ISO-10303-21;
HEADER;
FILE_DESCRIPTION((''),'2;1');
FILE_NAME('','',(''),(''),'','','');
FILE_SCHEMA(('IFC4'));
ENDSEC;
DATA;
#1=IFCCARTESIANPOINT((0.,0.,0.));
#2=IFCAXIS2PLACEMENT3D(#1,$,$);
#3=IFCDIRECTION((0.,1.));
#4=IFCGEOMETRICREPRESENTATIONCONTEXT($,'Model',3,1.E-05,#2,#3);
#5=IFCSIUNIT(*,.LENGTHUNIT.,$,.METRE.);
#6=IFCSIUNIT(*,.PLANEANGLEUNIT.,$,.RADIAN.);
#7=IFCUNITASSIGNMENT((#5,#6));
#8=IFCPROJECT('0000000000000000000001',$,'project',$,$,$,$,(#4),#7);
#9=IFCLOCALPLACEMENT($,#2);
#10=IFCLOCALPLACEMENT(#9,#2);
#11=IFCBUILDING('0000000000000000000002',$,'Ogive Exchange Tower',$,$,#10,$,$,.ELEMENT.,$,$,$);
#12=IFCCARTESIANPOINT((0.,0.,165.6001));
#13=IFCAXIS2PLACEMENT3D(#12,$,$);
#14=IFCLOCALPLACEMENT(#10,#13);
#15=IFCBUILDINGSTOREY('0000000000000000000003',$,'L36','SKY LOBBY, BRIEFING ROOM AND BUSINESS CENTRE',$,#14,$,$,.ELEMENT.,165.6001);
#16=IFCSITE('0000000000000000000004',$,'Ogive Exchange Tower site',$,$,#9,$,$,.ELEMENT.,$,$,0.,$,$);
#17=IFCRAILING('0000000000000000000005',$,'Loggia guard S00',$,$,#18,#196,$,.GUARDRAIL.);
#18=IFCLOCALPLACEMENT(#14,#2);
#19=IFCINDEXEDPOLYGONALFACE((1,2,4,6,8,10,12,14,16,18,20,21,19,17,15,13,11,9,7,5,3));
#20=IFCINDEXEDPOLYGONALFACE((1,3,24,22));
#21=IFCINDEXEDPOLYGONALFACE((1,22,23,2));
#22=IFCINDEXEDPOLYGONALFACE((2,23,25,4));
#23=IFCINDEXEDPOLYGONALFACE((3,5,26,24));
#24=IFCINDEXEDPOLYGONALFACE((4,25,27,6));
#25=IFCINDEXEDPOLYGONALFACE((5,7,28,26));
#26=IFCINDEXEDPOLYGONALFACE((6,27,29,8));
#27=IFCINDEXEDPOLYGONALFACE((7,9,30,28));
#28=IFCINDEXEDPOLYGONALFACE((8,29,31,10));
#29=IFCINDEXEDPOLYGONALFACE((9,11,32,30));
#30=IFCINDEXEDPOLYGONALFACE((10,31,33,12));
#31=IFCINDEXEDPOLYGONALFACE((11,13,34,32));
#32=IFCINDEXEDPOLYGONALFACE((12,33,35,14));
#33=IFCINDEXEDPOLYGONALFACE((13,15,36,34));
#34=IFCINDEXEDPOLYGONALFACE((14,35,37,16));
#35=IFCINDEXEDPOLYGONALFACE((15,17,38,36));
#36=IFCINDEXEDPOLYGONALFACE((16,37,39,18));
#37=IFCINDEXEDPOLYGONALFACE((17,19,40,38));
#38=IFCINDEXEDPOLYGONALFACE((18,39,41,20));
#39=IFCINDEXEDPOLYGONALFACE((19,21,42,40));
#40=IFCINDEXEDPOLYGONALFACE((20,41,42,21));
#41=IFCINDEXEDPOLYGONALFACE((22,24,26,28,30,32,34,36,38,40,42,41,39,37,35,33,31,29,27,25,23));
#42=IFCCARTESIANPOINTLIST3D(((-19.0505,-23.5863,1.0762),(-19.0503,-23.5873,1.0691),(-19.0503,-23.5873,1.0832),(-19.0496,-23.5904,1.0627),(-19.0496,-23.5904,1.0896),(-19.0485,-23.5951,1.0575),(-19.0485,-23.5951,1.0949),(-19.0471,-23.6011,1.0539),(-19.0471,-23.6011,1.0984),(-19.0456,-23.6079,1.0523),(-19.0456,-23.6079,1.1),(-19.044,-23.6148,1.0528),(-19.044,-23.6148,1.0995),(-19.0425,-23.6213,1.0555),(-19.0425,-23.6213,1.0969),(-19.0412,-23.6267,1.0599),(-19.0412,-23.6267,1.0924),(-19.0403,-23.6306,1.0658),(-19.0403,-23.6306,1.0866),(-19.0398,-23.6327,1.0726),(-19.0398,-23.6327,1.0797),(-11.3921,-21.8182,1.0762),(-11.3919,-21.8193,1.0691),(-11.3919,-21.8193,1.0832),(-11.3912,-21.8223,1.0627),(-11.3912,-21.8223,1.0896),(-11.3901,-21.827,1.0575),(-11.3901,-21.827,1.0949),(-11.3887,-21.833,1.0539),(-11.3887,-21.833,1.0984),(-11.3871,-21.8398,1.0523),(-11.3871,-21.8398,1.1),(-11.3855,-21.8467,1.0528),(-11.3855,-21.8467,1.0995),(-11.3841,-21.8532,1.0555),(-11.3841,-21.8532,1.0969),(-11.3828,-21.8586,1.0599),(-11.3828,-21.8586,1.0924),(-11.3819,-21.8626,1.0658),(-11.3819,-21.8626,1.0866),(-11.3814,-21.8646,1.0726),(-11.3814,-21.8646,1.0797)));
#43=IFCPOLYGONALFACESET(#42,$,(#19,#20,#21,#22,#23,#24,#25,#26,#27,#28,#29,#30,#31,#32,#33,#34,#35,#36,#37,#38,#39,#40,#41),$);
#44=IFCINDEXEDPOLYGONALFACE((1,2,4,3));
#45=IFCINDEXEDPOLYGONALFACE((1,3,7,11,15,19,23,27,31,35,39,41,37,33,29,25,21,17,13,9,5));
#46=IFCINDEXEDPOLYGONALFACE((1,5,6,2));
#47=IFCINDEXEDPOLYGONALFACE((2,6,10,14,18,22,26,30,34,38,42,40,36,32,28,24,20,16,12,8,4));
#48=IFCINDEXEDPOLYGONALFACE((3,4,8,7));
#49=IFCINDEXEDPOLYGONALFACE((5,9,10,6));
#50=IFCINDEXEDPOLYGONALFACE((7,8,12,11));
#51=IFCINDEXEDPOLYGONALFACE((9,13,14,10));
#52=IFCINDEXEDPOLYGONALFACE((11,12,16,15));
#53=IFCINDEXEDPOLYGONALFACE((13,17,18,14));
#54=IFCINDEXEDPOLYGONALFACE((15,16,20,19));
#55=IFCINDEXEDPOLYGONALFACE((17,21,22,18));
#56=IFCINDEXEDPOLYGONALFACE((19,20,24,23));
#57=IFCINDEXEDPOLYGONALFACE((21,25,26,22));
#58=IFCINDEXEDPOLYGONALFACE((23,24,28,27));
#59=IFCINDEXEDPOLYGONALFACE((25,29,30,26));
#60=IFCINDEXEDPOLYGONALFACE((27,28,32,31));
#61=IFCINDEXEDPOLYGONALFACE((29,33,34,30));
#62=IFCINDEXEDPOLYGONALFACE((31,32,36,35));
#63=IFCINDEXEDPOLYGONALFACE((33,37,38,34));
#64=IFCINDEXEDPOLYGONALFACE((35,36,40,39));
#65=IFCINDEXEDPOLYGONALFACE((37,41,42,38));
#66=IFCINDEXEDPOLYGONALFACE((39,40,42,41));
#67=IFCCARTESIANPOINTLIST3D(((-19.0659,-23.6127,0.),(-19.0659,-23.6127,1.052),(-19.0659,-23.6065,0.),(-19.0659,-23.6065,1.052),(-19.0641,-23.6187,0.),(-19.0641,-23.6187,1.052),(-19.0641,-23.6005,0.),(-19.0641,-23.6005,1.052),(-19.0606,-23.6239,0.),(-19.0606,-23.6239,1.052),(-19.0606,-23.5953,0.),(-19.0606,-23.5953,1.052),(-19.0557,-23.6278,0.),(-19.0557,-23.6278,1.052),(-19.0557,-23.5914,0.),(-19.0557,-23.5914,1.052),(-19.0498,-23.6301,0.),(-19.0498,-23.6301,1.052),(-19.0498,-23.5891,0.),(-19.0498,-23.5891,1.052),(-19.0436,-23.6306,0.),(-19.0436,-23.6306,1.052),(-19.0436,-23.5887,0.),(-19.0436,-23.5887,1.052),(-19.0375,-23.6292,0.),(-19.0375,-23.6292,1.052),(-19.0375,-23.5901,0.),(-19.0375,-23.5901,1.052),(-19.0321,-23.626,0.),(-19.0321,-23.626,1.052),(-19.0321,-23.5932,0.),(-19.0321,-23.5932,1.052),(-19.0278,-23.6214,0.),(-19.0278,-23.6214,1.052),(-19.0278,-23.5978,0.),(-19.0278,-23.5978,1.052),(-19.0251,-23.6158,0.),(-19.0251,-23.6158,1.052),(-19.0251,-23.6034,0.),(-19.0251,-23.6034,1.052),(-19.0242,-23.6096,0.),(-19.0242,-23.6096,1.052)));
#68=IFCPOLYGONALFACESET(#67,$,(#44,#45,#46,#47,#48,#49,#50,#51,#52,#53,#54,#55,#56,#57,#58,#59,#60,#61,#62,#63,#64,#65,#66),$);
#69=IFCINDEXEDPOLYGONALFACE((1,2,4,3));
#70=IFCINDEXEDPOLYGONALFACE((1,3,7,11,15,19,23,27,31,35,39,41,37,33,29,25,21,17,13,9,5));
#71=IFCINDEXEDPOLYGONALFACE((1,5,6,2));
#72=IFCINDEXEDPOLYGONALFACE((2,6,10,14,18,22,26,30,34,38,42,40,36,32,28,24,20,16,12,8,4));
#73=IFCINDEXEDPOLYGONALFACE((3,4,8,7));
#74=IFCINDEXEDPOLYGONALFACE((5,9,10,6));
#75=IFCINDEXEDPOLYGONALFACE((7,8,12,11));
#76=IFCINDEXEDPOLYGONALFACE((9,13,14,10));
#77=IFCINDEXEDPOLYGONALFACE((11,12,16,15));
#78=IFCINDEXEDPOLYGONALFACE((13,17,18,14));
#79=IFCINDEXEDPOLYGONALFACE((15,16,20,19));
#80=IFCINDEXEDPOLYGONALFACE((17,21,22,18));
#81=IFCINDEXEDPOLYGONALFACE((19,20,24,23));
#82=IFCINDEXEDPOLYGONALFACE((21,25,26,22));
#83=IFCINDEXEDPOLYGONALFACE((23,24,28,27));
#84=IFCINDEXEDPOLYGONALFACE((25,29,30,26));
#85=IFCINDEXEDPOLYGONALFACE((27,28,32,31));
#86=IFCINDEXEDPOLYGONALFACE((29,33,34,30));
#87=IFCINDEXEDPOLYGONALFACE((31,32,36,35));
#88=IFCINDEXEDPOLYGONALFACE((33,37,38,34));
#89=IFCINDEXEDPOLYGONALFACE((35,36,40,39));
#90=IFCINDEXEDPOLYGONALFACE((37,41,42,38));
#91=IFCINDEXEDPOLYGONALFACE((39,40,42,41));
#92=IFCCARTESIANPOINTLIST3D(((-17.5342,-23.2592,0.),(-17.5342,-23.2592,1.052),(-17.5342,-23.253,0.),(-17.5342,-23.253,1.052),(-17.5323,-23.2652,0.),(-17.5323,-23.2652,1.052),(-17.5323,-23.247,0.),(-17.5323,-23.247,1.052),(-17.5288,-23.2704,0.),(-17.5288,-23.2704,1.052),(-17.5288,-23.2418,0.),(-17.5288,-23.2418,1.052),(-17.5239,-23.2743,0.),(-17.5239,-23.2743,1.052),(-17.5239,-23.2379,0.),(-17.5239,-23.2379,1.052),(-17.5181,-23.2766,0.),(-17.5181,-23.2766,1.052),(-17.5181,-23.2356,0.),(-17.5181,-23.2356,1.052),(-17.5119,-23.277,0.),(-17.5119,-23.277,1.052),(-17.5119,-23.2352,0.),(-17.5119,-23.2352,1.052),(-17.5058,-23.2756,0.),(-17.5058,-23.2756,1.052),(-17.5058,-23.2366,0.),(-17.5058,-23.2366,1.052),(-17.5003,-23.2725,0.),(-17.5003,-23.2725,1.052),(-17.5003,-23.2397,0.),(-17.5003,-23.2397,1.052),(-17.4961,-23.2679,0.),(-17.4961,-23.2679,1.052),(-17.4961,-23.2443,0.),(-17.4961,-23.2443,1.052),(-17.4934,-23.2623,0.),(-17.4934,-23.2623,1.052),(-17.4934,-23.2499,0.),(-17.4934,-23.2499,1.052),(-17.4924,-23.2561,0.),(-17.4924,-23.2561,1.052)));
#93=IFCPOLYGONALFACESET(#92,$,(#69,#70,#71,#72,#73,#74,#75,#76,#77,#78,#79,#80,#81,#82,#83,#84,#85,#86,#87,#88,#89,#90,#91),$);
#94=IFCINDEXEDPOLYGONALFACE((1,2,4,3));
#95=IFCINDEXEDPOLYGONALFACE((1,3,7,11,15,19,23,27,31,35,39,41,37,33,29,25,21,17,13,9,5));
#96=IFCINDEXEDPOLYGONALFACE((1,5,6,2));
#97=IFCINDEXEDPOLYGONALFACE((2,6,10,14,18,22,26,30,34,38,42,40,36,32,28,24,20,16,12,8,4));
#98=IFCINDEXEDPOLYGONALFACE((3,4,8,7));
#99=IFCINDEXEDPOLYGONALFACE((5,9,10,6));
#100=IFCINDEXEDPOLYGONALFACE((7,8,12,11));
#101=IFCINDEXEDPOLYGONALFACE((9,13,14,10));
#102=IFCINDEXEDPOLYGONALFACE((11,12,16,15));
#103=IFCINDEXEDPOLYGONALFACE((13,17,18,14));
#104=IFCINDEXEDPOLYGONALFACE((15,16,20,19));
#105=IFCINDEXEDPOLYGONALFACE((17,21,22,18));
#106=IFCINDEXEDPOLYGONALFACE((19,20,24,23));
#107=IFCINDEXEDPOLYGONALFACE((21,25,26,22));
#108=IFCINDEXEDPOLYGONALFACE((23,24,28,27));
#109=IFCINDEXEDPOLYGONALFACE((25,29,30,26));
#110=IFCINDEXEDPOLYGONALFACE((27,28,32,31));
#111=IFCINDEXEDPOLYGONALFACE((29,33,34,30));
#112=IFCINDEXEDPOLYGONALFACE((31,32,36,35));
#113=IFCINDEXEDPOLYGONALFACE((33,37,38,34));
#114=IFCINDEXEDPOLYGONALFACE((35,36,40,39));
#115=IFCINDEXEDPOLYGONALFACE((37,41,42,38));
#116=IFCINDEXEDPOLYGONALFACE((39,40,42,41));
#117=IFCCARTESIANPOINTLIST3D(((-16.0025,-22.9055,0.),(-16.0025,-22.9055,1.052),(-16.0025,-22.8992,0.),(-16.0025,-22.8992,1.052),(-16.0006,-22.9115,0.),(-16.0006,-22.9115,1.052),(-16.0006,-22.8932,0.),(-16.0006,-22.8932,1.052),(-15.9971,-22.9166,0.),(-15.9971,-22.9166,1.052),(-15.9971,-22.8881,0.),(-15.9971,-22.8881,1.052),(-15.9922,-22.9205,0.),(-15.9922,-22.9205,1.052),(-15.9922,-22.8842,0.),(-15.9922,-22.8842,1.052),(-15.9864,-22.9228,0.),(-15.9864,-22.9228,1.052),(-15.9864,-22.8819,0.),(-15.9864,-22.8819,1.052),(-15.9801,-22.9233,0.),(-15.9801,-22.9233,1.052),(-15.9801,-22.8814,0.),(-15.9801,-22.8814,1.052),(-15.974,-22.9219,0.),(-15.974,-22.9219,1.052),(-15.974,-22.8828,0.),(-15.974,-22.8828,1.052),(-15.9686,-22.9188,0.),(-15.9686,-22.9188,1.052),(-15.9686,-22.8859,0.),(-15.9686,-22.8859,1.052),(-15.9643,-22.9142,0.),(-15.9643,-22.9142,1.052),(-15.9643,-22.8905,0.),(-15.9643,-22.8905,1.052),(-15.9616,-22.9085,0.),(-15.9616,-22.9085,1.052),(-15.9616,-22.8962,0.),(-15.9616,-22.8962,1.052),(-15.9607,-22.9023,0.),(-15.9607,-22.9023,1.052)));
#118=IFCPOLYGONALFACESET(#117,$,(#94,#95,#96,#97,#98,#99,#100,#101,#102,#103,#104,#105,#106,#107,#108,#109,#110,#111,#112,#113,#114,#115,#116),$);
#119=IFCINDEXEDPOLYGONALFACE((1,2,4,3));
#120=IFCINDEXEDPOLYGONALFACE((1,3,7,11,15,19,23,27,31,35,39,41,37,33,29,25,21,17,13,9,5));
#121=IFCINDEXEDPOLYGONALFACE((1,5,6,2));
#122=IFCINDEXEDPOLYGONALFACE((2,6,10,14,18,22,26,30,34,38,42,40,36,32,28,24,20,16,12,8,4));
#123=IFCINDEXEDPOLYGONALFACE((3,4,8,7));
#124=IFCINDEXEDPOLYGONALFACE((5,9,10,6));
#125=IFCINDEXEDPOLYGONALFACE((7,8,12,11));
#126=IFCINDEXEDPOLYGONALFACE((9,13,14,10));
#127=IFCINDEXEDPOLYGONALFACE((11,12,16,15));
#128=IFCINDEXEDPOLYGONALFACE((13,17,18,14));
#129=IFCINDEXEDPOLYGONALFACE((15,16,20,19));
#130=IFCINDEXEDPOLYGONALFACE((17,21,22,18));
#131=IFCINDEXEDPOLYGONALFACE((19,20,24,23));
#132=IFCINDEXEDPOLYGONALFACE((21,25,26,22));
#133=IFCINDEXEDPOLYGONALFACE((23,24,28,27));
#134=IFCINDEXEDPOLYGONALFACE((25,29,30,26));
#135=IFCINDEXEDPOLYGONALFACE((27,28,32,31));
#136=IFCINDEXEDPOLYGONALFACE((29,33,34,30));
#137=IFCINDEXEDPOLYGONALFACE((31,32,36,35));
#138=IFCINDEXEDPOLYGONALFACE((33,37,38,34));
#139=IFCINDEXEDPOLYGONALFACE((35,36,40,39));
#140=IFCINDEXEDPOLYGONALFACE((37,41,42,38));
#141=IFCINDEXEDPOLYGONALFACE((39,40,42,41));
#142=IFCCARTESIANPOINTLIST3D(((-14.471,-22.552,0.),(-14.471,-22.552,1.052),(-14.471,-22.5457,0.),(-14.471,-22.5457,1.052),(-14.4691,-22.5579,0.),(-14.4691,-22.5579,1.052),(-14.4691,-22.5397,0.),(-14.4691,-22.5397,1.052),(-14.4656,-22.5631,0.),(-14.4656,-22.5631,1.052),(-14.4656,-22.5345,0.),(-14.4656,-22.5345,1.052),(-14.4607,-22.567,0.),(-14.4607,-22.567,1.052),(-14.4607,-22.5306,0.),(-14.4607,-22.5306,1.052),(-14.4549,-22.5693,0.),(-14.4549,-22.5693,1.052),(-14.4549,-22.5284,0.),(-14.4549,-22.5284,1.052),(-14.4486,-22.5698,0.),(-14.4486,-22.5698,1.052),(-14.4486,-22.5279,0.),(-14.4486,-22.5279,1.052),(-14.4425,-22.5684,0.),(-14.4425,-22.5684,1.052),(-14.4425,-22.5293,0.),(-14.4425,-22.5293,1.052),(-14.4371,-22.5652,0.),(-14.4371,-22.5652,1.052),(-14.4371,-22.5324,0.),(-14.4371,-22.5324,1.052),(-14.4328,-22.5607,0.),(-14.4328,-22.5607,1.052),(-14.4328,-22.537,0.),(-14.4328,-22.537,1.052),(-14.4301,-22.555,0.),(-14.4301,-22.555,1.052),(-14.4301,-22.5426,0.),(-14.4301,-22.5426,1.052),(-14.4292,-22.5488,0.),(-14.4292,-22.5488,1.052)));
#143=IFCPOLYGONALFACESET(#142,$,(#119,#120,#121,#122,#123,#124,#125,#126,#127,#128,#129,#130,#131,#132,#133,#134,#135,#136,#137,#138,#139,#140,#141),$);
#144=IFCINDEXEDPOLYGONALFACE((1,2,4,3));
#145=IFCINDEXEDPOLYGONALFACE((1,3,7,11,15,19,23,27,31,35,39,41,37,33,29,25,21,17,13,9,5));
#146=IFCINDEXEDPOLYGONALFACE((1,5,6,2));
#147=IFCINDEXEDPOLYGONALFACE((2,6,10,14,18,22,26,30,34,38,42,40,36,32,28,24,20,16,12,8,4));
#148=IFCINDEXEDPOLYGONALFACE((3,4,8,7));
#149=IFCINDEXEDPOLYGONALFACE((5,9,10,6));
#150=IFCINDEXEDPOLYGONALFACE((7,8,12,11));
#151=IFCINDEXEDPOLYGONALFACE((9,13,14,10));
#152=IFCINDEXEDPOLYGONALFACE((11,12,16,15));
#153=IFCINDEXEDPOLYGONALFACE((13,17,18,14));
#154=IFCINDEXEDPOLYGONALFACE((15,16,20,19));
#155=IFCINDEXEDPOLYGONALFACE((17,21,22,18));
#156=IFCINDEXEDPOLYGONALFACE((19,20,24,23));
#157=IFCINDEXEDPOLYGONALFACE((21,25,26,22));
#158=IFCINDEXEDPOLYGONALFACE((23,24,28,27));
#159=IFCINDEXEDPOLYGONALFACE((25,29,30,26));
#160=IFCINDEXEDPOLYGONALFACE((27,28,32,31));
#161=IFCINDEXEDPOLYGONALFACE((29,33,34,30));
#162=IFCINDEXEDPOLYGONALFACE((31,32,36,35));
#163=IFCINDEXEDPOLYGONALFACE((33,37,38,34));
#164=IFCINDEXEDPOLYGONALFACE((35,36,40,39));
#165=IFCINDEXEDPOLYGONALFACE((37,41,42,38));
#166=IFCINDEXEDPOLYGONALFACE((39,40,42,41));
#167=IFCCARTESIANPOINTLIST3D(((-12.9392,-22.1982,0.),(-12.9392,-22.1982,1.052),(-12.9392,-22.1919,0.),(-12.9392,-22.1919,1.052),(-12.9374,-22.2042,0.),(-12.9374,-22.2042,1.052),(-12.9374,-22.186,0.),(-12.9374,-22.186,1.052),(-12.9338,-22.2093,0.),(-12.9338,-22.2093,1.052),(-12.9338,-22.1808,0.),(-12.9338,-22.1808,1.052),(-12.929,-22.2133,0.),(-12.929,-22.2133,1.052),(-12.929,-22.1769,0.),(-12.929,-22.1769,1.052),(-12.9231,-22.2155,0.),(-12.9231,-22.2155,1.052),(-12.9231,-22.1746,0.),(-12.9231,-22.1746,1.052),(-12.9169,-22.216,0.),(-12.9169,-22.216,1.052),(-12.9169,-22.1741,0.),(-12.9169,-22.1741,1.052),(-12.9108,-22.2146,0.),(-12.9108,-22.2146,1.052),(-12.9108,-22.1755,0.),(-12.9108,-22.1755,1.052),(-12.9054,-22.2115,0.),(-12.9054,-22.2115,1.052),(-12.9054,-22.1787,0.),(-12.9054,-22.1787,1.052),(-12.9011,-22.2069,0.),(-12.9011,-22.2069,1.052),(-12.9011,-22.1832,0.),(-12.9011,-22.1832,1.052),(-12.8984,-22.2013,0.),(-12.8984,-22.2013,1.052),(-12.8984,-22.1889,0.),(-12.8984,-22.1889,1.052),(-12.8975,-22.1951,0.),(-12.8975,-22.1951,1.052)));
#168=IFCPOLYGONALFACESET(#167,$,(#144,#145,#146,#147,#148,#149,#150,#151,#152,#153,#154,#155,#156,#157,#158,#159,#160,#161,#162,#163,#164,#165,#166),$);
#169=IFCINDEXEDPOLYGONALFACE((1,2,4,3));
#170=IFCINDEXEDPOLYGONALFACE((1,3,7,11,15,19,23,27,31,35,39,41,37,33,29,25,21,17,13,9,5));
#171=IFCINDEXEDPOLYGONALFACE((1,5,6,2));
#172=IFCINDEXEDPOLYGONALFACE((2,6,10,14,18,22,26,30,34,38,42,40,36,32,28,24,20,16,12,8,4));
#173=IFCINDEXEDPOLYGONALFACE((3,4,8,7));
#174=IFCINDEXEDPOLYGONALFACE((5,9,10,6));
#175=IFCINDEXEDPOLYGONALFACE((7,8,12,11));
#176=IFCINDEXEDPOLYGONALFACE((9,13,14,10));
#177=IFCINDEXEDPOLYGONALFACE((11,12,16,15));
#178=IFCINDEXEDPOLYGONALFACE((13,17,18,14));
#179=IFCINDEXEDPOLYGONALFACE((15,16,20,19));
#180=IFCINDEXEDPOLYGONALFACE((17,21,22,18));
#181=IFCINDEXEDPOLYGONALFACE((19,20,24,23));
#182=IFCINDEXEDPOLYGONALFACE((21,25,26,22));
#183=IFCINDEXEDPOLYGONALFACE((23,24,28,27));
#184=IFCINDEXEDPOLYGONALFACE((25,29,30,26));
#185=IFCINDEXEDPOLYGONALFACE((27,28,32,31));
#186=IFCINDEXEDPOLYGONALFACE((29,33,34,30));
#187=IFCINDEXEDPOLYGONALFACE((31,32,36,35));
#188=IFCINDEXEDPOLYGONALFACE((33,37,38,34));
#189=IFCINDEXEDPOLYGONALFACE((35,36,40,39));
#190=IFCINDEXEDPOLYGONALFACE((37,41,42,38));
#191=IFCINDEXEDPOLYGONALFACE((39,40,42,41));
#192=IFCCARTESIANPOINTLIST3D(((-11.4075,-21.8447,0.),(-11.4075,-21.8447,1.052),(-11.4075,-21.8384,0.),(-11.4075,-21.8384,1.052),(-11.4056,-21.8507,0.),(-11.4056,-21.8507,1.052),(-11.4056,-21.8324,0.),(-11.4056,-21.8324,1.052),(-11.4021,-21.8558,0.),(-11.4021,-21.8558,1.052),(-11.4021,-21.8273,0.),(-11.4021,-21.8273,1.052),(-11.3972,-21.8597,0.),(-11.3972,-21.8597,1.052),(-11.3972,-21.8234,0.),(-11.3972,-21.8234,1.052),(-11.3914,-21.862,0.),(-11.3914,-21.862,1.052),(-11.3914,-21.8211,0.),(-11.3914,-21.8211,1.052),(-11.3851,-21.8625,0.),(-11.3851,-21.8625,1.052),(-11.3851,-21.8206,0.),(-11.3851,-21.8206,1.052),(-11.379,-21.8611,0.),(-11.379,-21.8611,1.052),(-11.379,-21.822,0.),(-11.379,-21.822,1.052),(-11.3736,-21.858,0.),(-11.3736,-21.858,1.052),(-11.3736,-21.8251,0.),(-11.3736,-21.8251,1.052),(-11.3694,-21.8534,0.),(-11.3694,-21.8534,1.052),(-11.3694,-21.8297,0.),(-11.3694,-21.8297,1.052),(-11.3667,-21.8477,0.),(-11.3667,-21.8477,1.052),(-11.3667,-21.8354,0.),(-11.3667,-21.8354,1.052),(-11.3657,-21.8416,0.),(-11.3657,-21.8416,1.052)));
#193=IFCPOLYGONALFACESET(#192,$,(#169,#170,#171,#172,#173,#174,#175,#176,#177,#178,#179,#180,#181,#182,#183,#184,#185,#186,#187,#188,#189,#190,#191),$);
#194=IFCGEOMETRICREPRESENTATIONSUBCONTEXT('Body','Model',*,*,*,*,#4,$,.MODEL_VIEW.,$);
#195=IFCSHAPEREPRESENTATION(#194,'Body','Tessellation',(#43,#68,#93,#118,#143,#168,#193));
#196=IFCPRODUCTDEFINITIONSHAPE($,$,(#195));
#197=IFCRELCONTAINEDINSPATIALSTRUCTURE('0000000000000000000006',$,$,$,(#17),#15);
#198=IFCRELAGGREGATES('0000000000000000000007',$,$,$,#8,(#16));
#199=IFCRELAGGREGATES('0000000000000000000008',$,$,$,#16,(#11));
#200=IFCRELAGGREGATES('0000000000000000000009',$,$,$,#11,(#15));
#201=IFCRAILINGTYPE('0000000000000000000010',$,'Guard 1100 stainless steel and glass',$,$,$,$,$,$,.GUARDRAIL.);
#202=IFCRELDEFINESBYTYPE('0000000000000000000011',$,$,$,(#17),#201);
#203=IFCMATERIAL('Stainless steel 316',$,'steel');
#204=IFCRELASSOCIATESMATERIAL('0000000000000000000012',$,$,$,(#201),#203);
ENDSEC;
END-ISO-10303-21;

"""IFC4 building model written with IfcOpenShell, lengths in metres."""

from ifc_helpers import new_model, si_unit, direction, frame, origin, origin_2d, place, context, subcontext, project, spatial, circle, extrude, material, type_object, element, save


model = new_model("IFC4")

# Units and contexts
model_context = context("Model", 3, precision=1e-05, world=origin(), true_north=direction((0.0, 1.0)))
body_context = subcontext(model_context, "Body", "Model", "MODEL_VIEW")
ifc_project = project(units=[si_unit("LENGTHUNIT", "METRE"), si_unit("PLANEANGLEUNIT", "RADIAN")], contexts=[model_context])

# Site, building, storey
site_placement = place(None, origin())
site = spatial("IfcSite", under=ifc_project, at=site_placement, Name="Ogive Exchange Tower site", CompositionType="ELEMENT", RefElevation=0.0)
building_placement = place(site_placement, origin())
building = spatial("IfcBuilding", under=site, at=building_placement, Name="Ogive Exchange Tower", CompositionType="ELEMENT")
storey_placement = place(building_placement, frame((0.0, 0.0, 165.6001)))
storey = spatial("IfcBuildingStorey", under=building, at=storey_placement, Name="L36", Description="SKY LOBBY, BRIEFING ROOM AND BUSINESS CENTRE", CompositionType="ELEMENT", Elevation=165.6001)

# Railing
ifc_material_1 = material(Name="Stainless steel 316", Category="steel")
railing_type = type_object("IfcRailingType", Name="Guard 1100 stainless steel and glass", PredefinedType="GUARDRAIL", material=ifc_material_1)
railing_1_placement = place(storey_placement, frame((-19.0452, -23.6096, 0.0)))
element("IfcRailing", 1, at=railing_1_placement, inside=storey, type_object=railing_type, Name="Loggia guard S00", PredefinedType="GUARDRAIL", context=body_context, shape_type="SweptSolid", body=[
    extrude(circle(Radius=0.0239, at=origin_2d()), frame((0.0, 0.0, 1.0762), z_axis=(0.974371, 0.224948, 0.0), x_axis=(-0.224948, 0.974371, 0.0)), (0.0, 0.0, 1.0), 7.8599),
    extrude(circle(Radius=0.021, at=origin_2d()), origin(), (0.0, 0.0, 1.0), 1.052),
    extrude(circle(Radius=0.021, at=origin_2d()), frame((1.5317, 0.3535, 0.0)), (0.0, 0.0, 1.0), 1.052),
    extrude(circle(Radius=0.021, at=origin_2d()), frame((3.0635, 0.7073, 0.0)), (0.0, 0.0, 1.0), 1.052),
    extrude(circle(Radius=0.021, at=origin_2d()), frame((4.595, 1.0608, 0.0)), (0.0, 0.0, 1.0), 1.052),
    extrude(circle(Radius=0.021, at=origin_2d()), frame((6.1267, 1.4146, 0.0)), (0.0, 0.0, 1.0), 1.052),
    extrude(circle(Radius=0.021, at=origin_2d()), frame((7.6584, 1.7681, 0.0)), (0.0, 0.0, 1.0), 1.052),
])

save(model, "model.ifc")
